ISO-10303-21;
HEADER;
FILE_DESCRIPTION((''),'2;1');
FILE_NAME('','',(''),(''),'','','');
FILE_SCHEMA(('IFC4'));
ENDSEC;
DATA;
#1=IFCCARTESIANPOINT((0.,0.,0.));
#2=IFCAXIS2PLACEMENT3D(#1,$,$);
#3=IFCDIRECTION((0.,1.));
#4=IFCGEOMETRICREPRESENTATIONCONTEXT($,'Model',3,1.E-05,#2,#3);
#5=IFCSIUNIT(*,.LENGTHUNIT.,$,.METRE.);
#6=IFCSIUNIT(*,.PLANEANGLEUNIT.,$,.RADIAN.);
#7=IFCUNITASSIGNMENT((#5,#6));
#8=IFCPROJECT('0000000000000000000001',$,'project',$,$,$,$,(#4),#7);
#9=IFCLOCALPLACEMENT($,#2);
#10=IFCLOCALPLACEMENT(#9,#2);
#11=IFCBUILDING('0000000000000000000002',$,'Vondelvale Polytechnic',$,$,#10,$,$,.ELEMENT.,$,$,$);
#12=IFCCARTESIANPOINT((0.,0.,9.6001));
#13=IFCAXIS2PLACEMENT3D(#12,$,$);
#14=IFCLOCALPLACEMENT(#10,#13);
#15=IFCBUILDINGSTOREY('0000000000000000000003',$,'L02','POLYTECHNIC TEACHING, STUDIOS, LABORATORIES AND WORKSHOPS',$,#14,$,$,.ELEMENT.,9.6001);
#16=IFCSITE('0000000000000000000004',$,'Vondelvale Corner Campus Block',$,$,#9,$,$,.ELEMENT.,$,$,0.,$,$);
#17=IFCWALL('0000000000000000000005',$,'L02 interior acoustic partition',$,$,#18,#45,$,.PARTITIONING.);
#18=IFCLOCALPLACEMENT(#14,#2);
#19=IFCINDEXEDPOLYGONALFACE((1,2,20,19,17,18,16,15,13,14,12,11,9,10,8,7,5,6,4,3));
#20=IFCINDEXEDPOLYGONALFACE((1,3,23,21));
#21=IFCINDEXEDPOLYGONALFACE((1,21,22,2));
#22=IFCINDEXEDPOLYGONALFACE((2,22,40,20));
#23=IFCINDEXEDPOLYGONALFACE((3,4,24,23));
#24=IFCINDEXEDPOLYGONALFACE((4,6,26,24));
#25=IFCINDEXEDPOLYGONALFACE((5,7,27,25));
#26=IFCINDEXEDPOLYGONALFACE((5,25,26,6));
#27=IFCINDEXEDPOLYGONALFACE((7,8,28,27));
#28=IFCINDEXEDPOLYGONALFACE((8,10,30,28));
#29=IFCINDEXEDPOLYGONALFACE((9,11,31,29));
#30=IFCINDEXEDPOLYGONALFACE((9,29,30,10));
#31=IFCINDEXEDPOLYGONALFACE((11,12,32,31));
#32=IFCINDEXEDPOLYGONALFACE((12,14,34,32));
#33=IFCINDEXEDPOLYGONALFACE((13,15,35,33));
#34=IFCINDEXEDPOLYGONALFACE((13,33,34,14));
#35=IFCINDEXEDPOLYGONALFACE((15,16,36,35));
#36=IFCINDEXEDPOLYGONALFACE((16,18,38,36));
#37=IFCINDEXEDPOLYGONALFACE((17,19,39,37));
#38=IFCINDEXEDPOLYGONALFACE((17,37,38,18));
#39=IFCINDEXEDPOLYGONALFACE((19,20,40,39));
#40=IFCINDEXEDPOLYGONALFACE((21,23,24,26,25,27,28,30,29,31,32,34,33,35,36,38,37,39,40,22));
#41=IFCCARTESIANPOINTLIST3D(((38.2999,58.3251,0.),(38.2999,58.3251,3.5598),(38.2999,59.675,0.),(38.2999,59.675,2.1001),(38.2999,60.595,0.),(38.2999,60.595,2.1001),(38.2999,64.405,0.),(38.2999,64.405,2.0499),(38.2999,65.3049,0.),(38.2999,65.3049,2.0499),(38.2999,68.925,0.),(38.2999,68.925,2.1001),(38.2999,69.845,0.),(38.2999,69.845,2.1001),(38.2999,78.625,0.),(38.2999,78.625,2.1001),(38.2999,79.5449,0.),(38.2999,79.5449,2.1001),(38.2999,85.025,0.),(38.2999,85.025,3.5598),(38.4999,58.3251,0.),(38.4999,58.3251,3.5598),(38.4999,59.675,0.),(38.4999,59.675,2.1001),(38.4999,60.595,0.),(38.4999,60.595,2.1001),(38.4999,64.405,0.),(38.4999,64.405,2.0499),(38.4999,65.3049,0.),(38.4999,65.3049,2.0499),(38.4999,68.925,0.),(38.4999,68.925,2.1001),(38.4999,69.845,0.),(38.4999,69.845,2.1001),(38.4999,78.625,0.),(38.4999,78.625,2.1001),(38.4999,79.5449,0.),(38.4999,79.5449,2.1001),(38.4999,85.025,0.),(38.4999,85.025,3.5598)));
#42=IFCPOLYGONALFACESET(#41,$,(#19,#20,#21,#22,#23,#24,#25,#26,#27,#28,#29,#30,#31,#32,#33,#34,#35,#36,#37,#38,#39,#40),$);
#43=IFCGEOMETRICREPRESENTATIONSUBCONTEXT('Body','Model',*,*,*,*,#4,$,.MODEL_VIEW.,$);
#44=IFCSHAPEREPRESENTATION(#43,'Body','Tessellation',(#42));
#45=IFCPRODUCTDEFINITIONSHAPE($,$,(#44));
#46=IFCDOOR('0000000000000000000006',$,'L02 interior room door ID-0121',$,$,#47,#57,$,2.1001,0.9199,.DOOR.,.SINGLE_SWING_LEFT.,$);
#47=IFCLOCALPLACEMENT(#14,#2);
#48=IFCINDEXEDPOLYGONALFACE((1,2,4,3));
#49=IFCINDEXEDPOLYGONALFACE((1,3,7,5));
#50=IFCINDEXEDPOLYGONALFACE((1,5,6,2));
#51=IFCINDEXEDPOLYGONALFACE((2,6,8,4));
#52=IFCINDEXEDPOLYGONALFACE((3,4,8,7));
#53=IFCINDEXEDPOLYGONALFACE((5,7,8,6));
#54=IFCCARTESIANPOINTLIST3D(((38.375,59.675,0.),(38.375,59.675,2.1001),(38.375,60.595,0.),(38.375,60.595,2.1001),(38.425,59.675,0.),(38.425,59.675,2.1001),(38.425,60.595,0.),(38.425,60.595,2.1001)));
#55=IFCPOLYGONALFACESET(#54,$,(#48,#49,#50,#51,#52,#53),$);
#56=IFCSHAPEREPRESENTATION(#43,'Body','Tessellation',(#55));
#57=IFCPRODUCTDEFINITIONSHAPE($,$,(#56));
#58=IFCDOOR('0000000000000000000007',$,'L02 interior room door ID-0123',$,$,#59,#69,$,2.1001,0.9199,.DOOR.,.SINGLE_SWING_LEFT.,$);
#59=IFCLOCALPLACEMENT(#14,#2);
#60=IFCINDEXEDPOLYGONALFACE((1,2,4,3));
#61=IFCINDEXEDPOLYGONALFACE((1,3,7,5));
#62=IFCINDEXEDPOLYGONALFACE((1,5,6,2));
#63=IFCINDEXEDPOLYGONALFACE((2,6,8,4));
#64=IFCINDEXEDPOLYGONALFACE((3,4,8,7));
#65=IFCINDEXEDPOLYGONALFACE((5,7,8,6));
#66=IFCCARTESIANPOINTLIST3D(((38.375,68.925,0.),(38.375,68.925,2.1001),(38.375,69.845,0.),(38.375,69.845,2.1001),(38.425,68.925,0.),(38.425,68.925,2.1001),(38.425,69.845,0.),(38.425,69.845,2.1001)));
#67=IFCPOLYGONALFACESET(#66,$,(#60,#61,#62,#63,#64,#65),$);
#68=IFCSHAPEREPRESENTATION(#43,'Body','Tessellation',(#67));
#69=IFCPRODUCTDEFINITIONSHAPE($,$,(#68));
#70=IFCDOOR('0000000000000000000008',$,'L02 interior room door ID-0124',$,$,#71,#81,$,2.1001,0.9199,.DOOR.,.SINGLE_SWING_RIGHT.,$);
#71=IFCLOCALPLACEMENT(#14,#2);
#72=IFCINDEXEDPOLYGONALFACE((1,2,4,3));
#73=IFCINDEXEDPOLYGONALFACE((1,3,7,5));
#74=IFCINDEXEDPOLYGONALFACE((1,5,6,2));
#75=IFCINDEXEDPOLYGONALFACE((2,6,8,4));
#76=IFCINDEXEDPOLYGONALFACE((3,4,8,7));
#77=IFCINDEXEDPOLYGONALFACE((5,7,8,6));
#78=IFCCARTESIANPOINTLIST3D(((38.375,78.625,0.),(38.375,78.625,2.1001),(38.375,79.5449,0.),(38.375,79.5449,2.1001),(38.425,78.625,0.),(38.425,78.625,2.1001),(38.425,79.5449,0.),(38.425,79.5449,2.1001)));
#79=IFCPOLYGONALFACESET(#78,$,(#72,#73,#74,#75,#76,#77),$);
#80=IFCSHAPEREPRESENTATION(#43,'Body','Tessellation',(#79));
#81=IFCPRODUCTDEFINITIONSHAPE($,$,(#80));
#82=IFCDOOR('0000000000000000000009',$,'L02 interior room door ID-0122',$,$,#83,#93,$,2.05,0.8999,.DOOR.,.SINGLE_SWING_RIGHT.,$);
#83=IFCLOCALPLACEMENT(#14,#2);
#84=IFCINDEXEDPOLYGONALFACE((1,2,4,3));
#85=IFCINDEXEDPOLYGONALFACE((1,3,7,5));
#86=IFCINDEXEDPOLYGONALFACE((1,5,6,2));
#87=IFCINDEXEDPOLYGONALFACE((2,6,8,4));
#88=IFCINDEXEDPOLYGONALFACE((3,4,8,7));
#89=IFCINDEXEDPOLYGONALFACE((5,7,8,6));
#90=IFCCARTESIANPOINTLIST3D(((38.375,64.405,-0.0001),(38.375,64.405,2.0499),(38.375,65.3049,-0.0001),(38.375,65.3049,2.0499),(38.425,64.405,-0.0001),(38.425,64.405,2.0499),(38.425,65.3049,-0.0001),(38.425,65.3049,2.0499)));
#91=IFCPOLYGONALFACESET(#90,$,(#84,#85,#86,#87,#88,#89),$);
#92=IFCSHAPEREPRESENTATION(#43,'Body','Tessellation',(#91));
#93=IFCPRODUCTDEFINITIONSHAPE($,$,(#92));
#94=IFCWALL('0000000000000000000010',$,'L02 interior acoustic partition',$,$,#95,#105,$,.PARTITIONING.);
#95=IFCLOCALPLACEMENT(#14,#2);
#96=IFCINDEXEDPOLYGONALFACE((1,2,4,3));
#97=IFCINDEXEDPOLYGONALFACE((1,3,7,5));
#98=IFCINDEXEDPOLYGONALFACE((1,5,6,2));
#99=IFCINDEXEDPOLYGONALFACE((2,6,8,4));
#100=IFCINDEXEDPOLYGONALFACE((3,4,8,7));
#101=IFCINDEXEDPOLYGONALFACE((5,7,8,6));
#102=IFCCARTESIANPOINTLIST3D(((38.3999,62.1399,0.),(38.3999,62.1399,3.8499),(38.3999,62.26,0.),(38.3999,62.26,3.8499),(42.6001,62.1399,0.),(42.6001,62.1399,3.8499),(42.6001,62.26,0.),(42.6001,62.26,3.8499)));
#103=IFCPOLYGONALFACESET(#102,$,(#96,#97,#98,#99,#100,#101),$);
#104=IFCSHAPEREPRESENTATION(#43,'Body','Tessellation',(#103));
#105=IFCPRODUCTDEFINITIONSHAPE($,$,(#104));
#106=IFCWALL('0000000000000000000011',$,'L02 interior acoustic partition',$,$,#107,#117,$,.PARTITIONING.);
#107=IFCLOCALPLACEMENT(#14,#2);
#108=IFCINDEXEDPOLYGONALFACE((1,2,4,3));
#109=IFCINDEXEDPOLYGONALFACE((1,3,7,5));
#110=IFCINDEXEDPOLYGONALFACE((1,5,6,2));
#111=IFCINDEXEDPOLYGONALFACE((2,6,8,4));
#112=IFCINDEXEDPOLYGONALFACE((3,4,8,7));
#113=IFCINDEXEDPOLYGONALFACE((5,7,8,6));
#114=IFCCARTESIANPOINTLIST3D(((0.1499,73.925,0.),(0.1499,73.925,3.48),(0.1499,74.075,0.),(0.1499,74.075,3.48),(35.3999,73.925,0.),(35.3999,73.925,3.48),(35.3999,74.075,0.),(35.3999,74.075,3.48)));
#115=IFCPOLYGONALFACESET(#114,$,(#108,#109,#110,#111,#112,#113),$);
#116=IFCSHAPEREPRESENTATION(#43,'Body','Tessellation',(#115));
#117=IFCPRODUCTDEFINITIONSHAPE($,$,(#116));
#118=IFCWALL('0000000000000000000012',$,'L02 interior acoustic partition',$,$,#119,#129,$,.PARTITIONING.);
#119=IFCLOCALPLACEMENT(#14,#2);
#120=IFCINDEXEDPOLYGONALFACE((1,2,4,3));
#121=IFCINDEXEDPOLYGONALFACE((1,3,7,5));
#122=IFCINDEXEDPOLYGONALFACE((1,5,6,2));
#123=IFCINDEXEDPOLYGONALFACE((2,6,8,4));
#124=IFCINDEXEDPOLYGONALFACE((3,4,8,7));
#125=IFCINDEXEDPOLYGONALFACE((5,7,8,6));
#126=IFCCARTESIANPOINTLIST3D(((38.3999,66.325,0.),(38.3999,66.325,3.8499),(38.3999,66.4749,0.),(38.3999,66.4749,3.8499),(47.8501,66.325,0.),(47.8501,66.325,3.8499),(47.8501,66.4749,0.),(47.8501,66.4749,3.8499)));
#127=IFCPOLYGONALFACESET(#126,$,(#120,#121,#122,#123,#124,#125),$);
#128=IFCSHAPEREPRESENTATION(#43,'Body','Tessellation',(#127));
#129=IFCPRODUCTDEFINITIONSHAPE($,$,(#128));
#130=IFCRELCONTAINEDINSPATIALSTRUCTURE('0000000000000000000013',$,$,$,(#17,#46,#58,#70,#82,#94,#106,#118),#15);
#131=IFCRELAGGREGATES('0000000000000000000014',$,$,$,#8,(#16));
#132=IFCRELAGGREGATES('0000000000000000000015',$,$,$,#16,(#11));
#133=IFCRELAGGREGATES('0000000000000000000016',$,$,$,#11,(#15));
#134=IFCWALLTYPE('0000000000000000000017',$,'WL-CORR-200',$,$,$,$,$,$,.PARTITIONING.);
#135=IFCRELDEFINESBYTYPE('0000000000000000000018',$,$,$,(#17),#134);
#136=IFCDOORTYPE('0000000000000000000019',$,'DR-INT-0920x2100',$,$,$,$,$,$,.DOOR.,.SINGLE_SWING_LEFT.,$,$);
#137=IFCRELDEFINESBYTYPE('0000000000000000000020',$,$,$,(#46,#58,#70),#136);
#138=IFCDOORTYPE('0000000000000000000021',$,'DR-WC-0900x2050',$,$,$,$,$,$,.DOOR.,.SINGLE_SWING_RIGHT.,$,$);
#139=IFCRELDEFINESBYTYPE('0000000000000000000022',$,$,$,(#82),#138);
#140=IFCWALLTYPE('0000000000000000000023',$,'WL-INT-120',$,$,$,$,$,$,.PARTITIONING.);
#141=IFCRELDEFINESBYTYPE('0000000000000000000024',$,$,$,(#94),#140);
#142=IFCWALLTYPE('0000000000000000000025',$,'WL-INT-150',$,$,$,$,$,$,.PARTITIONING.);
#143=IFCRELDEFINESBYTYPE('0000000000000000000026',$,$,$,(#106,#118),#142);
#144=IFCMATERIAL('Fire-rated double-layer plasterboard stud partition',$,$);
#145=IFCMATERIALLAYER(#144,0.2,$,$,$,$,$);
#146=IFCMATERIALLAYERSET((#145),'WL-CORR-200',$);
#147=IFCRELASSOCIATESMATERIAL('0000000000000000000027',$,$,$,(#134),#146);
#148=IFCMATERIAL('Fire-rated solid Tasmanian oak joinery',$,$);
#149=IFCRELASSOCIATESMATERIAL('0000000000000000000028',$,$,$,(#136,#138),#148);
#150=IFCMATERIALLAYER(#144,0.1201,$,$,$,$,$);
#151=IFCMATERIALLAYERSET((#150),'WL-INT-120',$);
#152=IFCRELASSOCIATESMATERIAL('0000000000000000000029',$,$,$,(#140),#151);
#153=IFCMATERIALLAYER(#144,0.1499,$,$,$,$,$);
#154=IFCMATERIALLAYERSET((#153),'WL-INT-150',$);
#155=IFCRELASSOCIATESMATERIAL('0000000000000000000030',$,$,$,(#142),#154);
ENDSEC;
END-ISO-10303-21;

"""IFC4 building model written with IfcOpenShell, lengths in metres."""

from ifc_helpers import new_model, si_unit, direction, frame, frame_2d, origin, place, context, subcontext, project, spatial, rectangle, extrude, material, layer, layer_set, type_object, element, fill, save


model = new_model("IFC4")

# Units and contexts
model_context = context("Model", 3, precision=1e-05, world=origin(), true_north=direction((0.0, 1.0)))
body_context = subcontext(model_context, "Body", "Model", "MODEL_VIEW")
ifc_project = project(units=[si_unit("LENGTHUNIT", "METRE"), si_unit("PLANEANGLEUNIT", "RADIAN")], contexts=[model_context])

# Site, building, storey
site_placement = place(None, origin())
site = spatial("IfcSite", under=ifc_project, at=site_placement, Name="Vondelvale Corner Campus Block", CompositionType="ELEMENT", RefElevation=0.0)
building_placement = place(site_placement, origin())
building = spatial("IfcBuilding", under=site, at=building_placement, Name="Vondelvale Polytechnic", CompositionType="ELEMENT")
storey_placement = place(building_placement, frame((0.0, 0.0, 9.6001)))
storey = spatial("IfcBuildingStorey", under=building, at=storey_placement, Name="L02", Description="POLYTECHNIC TEACHING, STUDIOS, LABORATORIES AND WORKSHOPS", CompositionType="ELEMENT", Elevation=9.6001)

# Shared definitions
ifc_material_1 = material(Name="Fire-rated double-layer plasterboard stud partition")
ifc_layer_1 = layer(ifc_material_1, 0.2)
ifc_layer_set_1 = layer_set([ifc_layer_1], Name="WL-CORR-200")
wall_type_1 = type_object("IfcWallType", Name="WL-CORR-200", PredefinedType="PARTITIONING", material=ifc_layer_set_1)

# Wall, openings, doors
wall_1_placement = place(storey_placement, frame((38.3999, 58.325, 0.0), z_axis=(0.0, 0.0, 1.0), x_axis=(0.0, 1.0, 0.0)))
wall_1 = element("IfcWall", 1, at=wall_1_placement, inside=storey, type_object=wall_type_1, Name="L02 interior acoustic partition", PredefinedType="PARTITIONING", context=body_context, shape_type="SweptSolid", body=[
    extrude(rectangle(XDim=26.7, YDim=0.2, at=frame_2d((13.3501, 0.0))), origin(), (0.0, 0.0, 1.0), 3.5598),
])
opening_1_placement = place(wall_1_placement, frame((1.3501, 0.0, 0.0)))
opening_1 = element("IfcOpeningElement", 2, at=opening_1_placement, cuts=wall_1, PredefinedType="OPENING", context=body_context, shape_type="SweptSolid", body=[
    extrude(rectangle(XDim=0.9199, YDim=2.1001, at=frame_2d((0.46, 1.05))), frame((0.0, 0.1099, 0.0), z_axis=(0.0, -1.0, 0.0), x_axis=(1.0, 0.0, 0.0)), (0.0, 0.0, 1.0), 0.22),
])
opening_2_placement = place(wall_1_placement, frame((6.0801, 0.0, 0.0)))
opening_2 = element("IfcOpeningElement", 3, at=opening_2_placement, cuts=wall_1, PredefinedType="OPENING", context=body_context, shape_type="SweptSolid", body=[
    extrude(rectangle(XDim=0.8999, YDim=2.05, at=frame_2d((0.45, 1.0249))), frame((0.0, 0.1099, 0.0), z_axis=(0.0, -1.0, 0.0), x_axis=(1.0, 0.0, 0.0)), (0.0, 0.0, 1.0), 0.22),
])
opening_3_placement = place(wall_1_placement, frame((10.6001, 0.0, 0.0)))
opening_3 = element("IfcOpeningElement", 4, at=opening_3_placement, cuts=wall_1, PredefinedType="OPENING", context=body_context, shape_type="SweptSolid", body=[
    extrude(rectangle(XDim=0.9199, YDim=2.1001, at=frame_2d((0.46, 1.05))), frame((0.0, 0.1099, 0.0), z_axis=(0.0, -1.0, 0.0), x_axis=(1.0, 0.0, 0.0)), (0.0, 0.0, 1.0), 0.22),
])
opening_4_placement = place(wall_1_placement, frame((20.3, 0.0, 0.0)))
opening_4 = element("IfcOpeningElement", 5, at=opening_4_placement, cuts=wall_1, PredefinedType="OPENING", context=body_context, shape_type="SweptSolid", body=[
    extrude(rectangle(XDim=0.9199, YDim=2.1001, at=frame_2d((0.46, 1.05))), frame((0.0, 0.1099, 0.0), z_axis=(0.0, -1.0, 0.0), x_axis=(1.0, 0.0, 0.0)), (0.0, 0.0, 1.0), 0.22),
])
ifc_material_2 = material(Name="Fire-rated solid Tasmanian oak joinery")
door_type_1 = type_object("IfcDoorType", Name="DR-INT-0920x2100", OperationType="SINGLE_SWING_LEFT", PredefinedType="DOOR", material=ifc_material_2)
door_1_placement = place(opening_1_placement, origin())
door_1 = element("IfcDoor", 6, at=door_1_placement, inside=storey, type_object=door_type_1, Name="L02 interior room door ID-0121", OperationType="SINGLE_SWING_LEFT", OverallHeight=2.1001, OverallWidth=0.9199, PredefinedType="DOOR", context=body_context, shape_type="SweptSolid", body=[
    extrude(rectangle(XDim=0.9199, YDim=2.1001, at=frame_2d((0.46, 1.05))), frame((0.0, 0.0249, 0.0), z_axis=(0.0, -1.0, 0.0), x_axis=(1.0, 0.0, 0.0)), (0.0, 0.0, 1.0), 0.05),
])
fill(opening_1, door_1)
door_2_placement = place(opening_3_placement, origin())
door_2 = element("IfcDoor", 7, at=door_2_placement, inside=storey, type_object=door_type_1, Name="L02 interior room door ID-0123", OperationType="SINGLE_SWING_LEFT", OverallHeight=2.1001, OverallWidth=0.9199, PredefinedType="DOOR", context=body_context, shape_type="SweptSolid", body=[
    extrude(rectangle(XDim=0.9199, YDim=2.1001, at=frame_2d((0.46, 1.05))), frame((0.0, 0.0249, 0.0), z_axis=(0.0, -1.0, 0.0), x_axis=(1.0, 0.0, 0.0)), (0.0, 0.0, 1.0), 0.05),
])
fill(opening_3, door_2)
door_3_placement = place(opening_4_placement, origin())
door_3 = element("IfcDoor", 8, at=door_3_placement, inside=storey, type_object=door_type_1, Name="L02 interior room door ID-0124", OperationType="SINGLE_SWING_RIGHT", OverallHeight=2.1001, OverallWidth=0.9199, PredefinedType="DOOR", context=body_context, shape_type="SweptSolid", body=[
    extrude(rectangle(XDim=0.9199, YDim=2.1001, at=frame_2d((0.46, 1.05))), frame((0.0, 0.0249, 0.0), z_axis=(0.0, -1.0, 0.0), x_axis=(1.0, 0.0, 0.0)), (0.0, 0.0, 1.0), 0.05),
])
fill(opening_4, door_3)
door_type_2 = type_object("IfcDoorType", Name="DR-WC-0900x2050", OperationType="SINGLE_SWING_RIGHT", PredefinedType="DOOR", material=ifc_material_2)
door_4_placement = place(opening_2_placement, origin())
door_4 = element("IfcDoor", 9, at=door_4_placement, inside=storey, type_object=door_type_2, Name="L02 interior room door ID-0122", OperationType="SINGLE_SWING_RIGHT", OverallHeight=2.05, OverallWidth=0.8999, PredefinedType="DOOR", context=body_context, shape_type="SweptSolid", body=[
    extrude(rectangle(XDim=0.8999, YDim=2.05, at=frame_2d((0.45, 1.0249))), frame((0.0, 0.0249, 0.0), z_axis=(0.0, -1.0, 0.0), x_axis=(1.0, 0.0, 0.0)), (0.0, 0.0, 1.0), 0.05),
])
fill(opening_2, door_4)

# Walls
ifc_layer_2 = layer(ifc_material_1, 0.1201)
ifc_layer_set_2 = layer_set([ifc_layer_2], Name="WL-INT-120")
wall_type_2 = type_object("IfcWallType", Name="WL-INT-120", PredefinedType="PARTITIONING", material=ifc_layer_set_2)
wall_2_placement = place(storey_placement, frame((38.3999, 62.2, 0.0), z_axis=(0.0, 0.0, 1.0), x_axis=(1.0, 0.0, 0.0)))
element("IfcWall", 10, at=wall_2_placement, inside=storey, type_object=wall_type_2, Name="L02 interior acoustic partition", PredefinedType="PARTITIONING", context=body_context, shape_type="SweptSolid", body=[
    extrude(rectangle(XDim=4.2002, YDim=0.1201, at=frame_2d((2.1001, 0.0))), origin(), (0.0, 0.0, 1.0), 3.8499),
])
ifc_layer_3 = layer(ifc_material_1, 0.1499)
ifc_layer_set_3 = layer_set([ifc_layer_3], Name="WL-INT-150")
wall_type_3 = type_object("IfcWallType", Name="WL-INT-150", PredefinedType="PARTITIONING", material=ifc_layer_set_3)
wall_3_placement = place(storey_placement, frame((0.1499, 74.0, 0.0), z_axis=(0.0, 0.0, 1.0), x_axis=(1.0, 0.0, 0.0)))
element("IfcWall", 11, at=wall_3_placement, inside=storey, type_object=wall_type_3, Name="L02 interior acoustic partition", PredefinedType="PARTITIONING", context=body_context, shape_type="SweptSolid", body=[
    extrude(rectangle(XDim=35.25, YDim=0.1499, at=frame_2d((17.625, 0.0))), origin(), (0.0, 0.0, 1.0), 3.48),
])
wall_4_placement = place(storey_placement, frame((38.3999, 66.3999, 0.0), z_axis=(0.0, 0.0, 1.0), x_axis=(1.0, 0.0, 0.0)))
element("IfcWall", 12, at=wall_4_placement, inside=storey, type_object=wall_type_3, Name="L02 interior acoustic partition", PredefinedType="PARTITIONING", context=body_context, shape_type="SweptSolid", body=[
    extrude(rectangle(XDim=9.4502, YDim=0.1499, at=frame_2d((4.7251, 0.0))), origin(), (0.0, 0.0, 1.0), 3.8499),
])

save(model, "model.ifc")
